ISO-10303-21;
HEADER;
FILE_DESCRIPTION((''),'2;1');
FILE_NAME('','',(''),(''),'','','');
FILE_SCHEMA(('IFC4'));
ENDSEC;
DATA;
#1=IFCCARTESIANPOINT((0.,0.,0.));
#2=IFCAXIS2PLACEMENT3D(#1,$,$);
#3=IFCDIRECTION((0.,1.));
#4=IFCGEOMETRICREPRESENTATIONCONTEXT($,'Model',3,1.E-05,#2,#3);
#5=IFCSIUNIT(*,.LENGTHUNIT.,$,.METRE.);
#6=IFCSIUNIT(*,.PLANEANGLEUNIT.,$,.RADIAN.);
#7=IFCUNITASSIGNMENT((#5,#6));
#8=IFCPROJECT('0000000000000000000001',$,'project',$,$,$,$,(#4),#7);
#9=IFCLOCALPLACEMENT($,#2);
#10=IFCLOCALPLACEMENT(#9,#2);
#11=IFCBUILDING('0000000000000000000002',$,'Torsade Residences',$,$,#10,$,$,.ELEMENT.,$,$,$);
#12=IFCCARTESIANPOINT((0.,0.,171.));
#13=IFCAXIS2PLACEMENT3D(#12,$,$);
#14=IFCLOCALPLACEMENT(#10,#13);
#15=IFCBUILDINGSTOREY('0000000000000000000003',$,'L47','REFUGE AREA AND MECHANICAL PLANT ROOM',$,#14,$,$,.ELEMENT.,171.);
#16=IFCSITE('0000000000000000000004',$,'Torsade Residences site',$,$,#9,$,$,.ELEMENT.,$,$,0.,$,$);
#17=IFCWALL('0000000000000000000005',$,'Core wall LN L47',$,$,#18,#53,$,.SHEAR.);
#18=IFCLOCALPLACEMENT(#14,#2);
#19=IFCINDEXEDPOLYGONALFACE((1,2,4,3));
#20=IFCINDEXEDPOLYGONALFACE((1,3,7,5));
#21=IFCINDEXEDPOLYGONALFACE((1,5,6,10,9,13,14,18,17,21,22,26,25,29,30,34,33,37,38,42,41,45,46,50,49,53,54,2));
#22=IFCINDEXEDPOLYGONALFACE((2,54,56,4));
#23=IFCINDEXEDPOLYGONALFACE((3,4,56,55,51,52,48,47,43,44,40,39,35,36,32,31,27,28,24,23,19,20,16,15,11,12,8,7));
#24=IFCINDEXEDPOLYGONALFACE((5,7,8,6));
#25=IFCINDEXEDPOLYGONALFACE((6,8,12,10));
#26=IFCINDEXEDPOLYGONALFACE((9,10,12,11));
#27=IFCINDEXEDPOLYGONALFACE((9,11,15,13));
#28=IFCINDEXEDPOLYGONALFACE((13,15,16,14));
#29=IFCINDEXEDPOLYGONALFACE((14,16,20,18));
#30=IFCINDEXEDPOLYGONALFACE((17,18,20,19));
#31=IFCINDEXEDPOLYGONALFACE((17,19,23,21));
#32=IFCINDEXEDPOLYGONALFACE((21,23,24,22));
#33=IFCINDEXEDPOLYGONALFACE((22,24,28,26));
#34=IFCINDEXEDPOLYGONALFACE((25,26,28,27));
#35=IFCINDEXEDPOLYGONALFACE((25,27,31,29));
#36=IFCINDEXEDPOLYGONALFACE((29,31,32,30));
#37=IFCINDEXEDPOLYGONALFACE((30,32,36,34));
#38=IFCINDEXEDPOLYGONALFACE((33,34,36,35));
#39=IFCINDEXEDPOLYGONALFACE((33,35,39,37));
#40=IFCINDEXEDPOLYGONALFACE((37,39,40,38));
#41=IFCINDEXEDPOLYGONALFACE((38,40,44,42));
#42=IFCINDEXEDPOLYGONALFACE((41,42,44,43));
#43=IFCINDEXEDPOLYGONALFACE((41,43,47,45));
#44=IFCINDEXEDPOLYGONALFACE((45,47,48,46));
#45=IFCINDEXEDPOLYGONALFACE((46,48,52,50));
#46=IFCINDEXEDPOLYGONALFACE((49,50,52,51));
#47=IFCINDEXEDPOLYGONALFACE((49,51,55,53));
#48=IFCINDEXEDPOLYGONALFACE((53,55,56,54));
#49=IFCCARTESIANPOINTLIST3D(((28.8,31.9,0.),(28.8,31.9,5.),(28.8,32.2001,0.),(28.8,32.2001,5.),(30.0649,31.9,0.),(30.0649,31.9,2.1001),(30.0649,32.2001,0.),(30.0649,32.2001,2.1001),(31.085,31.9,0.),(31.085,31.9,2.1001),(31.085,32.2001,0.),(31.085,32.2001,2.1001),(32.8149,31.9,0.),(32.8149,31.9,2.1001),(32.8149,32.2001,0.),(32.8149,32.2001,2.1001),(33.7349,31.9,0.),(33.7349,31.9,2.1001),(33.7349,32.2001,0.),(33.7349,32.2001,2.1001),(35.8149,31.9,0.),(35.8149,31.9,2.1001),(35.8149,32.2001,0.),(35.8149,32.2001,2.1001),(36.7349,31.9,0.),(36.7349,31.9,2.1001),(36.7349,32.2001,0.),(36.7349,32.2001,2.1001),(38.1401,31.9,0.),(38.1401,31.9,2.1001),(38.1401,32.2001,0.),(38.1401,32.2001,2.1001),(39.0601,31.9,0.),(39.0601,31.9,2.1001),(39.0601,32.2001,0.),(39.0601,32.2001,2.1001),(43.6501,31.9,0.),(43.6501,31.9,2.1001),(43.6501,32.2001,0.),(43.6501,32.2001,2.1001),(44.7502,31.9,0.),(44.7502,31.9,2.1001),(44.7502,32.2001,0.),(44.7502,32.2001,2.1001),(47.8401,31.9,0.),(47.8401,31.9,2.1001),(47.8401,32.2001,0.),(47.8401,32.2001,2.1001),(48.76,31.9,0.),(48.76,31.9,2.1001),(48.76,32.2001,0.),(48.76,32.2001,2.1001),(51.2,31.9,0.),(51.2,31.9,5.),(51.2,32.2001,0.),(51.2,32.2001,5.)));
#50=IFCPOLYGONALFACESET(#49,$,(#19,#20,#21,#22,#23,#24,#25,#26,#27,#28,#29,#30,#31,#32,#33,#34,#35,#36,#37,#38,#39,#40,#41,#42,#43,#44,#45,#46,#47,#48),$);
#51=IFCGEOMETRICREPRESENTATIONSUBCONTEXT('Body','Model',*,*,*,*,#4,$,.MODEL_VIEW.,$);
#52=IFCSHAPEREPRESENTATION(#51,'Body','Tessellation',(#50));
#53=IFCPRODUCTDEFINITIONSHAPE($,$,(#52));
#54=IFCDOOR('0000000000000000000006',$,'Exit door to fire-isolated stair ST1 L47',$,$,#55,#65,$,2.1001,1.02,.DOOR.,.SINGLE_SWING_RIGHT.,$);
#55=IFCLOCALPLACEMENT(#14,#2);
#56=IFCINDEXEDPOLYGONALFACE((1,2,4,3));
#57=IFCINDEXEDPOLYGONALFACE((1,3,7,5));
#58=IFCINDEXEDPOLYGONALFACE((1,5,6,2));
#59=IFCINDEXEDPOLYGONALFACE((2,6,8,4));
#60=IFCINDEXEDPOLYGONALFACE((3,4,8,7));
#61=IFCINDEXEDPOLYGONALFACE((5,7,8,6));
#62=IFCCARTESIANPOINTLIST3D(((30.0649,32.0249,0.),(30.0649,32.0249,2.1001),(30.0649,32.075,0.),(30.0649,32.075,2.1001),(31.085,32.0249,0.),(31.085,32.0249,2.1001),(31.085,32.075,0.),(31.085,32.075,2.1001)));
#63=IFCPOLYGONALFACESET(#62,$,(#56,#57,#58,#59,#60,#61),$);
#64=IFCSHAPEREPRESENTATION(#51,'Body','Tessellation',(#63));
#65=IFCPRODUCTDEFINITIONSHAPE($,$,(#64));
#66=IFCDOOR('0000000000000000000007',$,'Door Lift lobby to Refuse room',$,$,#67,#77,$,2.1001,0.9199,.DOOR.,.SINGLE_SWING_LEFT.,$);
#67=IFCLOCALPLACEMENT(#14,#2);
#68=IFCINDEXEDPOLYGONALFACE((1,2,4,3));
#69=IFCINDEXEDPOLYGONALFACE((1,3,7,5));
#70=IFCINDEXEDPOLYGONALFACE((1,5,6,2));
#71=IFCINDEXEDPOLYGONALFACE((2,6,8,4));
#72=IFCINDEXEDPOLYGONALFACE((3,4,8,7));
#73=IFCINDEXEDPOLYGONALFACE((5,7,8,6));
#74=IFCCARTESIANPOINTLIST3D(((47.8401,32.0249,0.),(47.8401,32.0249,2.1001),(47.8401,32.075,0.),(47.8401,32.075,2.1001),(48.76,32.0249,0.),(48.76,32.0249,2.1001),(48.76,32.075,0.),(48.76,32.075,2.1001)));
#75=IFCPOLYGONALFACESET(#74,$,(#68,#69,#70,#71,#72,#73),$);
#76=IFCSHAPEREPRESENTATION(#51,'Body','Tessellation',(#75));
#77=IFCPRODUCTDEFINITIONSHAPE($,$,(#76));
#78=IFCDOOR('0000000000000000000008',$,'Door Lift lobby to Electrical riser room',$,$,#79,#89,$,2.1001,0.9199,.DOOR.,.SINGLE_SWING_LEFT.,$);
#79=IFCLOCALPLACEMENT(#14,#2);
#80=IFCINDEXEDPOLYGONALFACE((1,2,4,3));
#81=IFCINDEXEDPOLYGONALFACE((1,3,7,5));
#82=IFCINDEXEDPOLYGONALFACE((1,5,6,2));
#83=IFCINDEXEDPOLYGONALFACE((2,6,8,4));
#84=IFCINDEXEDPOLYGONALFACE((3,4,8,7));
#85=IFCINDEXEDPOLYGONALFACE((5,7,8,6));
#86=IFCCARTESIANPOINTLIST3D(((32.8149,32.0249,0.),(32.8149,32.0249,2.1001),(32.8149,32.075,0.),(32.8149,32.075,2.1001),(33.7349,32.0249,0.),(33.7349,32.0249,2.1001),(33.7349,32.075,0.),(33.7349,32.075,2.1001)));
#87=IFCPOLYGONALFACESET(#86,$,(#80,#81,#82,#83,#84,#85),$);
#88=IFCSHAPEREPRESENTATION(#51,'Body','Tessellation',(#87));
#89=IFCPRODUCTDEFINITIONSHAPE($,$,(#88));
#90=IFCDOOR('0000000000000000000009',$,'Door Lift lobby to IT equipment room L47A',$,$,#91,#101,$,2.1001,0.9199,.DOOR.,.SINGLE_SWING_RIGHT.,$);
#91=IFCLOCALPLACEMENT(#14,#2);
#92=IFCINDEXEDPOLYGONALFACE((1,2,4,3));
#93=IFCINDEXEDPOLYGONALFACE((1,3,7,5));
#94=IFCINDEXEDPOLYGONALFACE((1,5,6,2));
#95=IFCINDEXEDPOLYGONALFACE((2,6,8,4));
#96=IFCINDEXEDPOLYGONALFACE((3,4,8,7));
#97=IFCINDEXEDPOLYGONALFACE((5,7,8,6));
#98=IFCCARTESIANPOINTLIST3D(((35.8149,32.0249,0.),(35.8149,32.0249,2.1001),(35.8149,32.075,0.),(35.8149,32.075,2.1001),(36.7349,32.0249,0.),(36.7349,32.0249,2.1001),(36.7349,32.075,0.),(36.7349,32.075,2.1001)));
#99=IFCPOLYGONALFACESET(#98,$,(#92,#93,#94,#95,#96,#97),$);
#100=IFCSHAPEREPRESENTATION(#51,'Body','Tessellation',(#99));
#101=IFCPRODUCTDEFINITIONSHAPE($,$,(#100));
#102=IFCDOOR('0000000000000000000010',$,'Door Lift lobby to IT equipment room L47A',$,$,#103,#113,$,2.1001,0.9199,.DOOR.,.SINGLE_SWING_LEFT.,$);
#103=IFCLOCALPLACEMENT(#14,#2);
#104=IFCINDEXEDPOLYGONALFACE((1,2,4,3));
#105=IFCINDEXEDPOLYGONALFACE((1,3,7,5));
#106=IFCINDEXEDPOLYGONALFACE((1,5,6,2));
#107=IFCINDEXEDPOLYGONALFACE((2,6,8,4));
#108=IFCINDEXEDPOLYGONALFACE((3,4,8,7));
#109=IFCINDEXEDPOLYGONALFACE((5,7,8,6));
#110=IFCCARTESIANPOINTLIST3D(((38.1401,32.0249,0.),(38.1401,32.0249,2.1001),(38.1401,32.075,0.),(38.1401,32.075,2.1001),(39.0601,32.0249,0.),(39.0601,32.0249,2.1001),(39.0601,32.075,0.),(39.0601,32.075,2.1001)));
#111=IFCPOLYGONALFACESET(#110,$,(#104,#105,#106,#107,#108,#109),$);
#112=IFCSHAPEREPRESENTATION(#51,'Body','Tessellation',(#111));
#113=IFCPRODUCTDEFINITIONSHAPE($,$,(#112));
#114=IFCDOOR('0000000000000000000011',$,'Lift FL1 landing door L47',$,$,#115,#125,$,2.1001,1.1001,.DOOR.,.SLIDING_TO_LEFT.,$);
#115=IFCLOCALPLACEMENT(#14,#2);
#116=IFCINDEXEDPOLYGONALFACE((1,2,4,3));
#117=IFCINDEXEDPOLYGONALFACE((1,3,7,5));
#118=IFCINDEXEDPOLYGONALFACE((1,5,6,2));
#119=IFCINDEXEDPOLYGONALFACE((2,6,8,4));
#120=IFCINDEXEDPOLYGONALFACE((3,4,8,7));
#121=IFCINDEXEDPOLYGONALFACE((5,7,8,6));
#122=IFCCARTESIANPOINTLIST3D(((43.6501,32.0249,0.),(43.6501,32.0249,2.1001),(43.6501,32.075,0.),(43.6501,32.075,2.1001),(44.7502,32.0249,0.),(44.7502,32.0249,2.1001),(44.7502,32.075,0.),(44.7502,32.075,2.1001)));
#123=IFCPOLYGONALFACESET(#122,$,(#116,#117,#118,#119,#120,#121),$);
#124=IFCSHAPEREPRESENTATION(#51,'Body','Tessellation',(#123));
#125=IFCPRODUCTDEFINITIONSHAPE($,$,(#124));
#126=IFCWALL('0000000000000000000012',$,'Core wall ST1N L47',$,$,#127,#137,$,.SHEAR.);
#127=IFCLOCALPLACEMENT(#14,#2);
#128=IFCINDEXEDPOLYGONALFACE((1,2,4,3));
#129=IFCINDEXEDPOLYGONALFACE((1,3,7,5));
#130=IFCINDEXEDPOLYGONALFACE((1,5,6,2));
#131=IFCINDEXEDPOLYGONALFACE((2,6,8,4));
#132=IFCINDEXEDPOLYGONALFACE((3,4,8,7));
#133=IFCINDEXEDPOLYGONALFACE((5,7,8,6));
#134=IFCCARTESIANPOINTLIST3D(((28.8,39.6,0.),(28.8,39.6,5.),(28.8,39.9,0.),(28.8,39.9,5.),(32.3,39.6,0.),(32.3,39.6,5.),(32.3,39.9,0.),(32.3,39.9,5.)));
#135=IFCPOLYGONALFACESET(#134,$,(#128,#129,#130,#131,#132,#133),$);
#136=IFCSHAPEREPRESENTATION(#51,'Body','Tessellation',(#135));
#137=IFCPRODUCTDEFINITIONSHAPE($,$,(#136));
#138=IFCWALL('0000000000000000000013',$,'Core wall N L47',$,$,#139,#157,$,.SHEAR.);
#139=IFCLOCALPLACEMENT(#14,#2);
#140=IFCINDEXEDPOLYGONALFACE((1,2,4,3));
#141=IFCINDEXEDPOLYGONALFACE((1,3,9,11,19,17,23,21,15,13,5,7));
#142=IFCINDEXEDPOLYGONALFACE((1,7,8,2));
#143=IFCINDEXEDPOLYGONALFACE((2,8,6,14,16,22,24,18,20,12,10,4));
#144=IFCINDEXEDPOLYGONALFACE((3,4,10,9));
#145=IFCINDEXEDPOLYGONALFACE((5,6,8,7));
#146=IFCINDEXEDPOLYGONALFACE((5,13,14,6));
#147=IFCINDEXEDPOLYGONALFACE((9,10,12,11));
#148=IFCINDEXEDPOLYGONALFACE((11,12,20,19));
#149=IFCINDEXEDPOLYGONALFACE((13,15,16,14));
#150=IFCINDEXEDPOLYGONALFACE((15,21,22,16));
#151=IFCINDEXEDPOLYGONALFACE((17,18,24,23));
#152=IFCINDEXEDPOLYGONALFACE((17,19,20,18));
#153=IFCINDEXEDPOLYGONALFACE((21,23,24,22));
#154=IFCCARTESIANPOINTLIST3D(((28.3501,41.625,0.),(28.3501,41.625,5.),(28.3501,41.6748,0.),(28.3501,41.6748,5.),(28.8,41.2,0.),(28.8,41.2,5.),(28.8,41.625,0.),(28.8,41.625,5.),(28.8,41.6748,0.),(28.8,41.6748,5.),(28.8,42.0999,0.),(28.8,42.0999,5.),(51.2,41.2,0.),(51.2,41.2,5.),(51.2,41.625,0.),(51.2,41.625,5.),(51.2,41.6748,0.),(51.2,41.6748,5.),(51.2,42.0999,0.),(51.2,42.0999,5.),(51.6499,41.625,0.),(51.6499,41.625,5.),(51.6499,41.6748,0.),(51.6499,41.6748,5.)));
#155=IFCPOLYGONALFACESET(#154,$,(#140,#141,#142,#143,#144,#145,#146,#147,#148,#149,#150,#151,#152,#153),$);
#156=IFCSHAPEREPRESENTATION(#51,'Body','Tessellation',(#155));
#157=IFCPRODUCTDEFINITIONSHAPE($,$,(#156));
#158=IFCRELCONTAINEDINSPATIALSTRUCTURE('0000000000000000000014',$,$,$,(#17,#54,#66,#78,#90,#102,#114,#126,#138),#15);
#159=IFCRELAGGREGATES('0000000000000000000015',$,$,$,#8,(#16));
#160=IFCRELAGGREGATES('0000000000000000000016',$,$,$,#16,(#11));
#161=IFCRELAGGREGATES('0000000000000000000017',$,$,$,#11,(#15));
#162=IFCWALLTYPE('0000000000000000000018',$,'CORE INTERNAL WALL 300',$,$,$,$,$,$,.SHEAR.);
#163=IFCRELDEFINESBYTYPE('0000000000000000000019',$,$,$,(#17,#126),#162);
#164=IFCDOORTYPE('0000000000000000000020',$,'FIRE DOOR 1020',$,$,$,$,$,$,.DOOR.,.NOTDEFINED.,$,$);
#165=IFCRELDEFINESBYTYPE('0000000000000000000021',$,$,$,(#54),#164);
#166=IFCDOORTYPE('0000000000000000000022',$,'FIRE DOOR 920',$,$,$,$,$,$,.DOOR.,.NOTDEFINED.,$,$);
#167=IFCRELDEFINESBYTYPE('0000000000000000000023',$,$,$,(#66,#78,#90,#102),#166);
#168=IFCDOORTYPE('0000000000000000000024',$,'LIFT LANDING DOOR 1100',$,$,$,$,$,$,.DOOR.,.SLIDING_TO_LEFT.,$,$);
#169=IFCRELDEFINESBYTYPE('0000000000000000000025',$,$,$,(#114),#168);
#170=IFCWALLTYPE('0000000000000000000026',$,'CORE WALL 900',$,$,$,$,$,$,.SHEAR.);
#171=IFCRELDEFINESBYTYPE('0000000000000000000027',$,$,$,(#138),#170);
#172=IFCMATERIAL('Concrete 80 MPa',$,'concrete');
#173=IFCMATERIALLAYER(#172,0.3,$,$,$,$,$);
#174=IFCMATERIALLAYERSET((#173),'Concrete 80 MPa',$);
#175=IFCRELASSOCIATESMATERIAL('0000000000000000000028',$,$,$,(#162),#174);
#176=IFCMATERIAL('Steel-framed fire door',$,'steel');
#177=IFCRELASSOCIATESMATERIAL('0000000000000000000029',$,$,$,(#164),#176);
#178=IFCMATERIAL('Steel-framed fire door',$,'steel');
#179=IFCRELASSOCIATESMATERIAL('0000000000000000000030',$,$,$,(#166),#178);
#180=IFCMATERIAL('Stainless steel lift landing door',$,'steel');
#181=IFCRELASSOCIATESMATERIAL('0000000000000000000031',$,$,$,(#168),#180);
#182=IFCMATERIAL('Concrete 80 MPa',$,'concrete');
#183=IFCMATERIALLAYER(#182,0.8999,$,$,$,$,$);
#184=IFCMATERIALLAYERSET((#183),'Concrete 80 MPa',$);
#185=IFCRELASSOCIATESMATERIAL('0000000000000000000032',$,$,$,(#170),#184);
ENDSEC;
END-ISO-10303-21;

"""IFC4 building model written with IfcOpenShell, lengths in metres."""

from ifc_helpers import new_model, si_unit, direction, frame, frame_2d, origin, place, context, subcontext, project, spatial, polyline, rectangle, outline, extrude, material, layer, layer_set, type_object, element, fill, save


model = new_model("IFC4")

# Units and contexts
model_context = context("Model", 3, precision=1e-05, world=origin(), true_north=direction((0.0, 1.0)))
body_context = subcontext(model_context, "Body", "Model", "MODEL_VIEW")
ifc_project = project(units=[si_unit("LENGTHUNIT", "METRE"), si_unit("PLANEANGLEUNIT", "RADIAN")], contexts=[model_context])

# Site, building, storey
site_placement = place(None, origin())
site = spatial("IfcSite", under=ifc_project, at=site_placement, Name="Torsade Residences site", CompositionType="ELEMENT", RefElevation=0.0)
building_placement = place(site_placement, origin())
building = spatial("IfcBuilding", under=site, at=building_placement, Name="Torsade Residences", CompositionType="ELEMENT")
storey_placement = place(building_placement, frame((0.0, 0.0, 171.0)))
storey = spatial("IfcBuildingStorey", under=building, at=storey_placement, Name="L47", Description="REFUGE AREA AND MECHANICAL PLANT ROOM", CompositionType="ELEMENT", Elevation=171.0)

# Wall, openings, doors
ifc_material_1 = material(Name="Concrete 80 MPa", Category="concrete")
ifc_layer_1 = layer(ifc_material_1, 0.3)
ifc_layer_set_1 = layer_set([ifc_layer_1], Name="Concrete 80 MPa")
wall_type_1 = type_object("IfcWallType", Name="CORE INTERNAL WALL 300", PredefinedType="SHEAR", material=ifc_layer_set_1)
wall_1_placement = place(storey_placement, frame((28.8, 32.05, 0.0), z_axis=(0.0, 0.0, 1.0), x_axis=(1.0, 0.0, 0.0)))
wall_1 = element("IfcWall", 1, at=wall_1_placement, inside=storey, type_object=wall_type_1, Name="Core wall LN L47", PredefinedType="SHEAR", context=body_context, shape_type="SweptSolid", body=[
    extrude(rectangle(XDim=22.3999, YDim=0.3, at=frame_2d((11.2, 0.0))), origin(), (0.0, 0.0, 1.0), 5.0),
])
opening_1_placement = place(wall_1_placement, frame((19.04, 0.0, 0.0)))
opening_1 = element("IfcOpeningElement", 2, at=opening_1_placement, cuts=wall_1, PredefinedType="OPENING", context=body_context, shape_type="SweptSolid", body=[
    extrude(rectangle(XDim=0.9199, YDim=2.1001, at=frame_2d((0.46, 1.05))), frame((0.0, 0.1599, 0.0), z_axis=(0.0, -1.0, 0.0), x_axis=(1.0, 0.0, 0.0)), (0.0, 0.0, 1.0), 0.3201),
])
opening_2_placement = place(wall_1_placement, frame((1.2649, 0.0, 0.0)))
opening_2 = element("IfcOpeningElement", 3, at=opening_2_placement, cuts=wall_1, PredefinedType="OPENING", context=body_context, shape_type="SweptSolid", body=[
    extrude(rectangle(XDim=1.02, YDim=2.1001, at=frame_2d((0.51, 1.05))), frame((0.0, 0.1599, 0.0), z_axis=(0.0, -1.0, 0.0), x_axis=(1.0, 0.0, 0.0)), (0.0, 0.0, 1.0), 0.3201),
])
opening_3_placement = place(wall_1_placement, frame((4.0149, 0.0, 0.0)))
opening_3 = element("IfcOpeningElement", 4, at=opening_3_placement, cuts=wall_1, PredefinedType="OPENING", context=body_context, shape_type="SweptSolid", body=[
    extrude(rectangle(XDim=0.9199, YDim=2.1001, at=frame_2d((0.46, 1.05))), frame((0.0, 0.1599, 0.0), z_axis=(0.0, -1.0, 0.0), x_axis=(1.0, 0.0, 0.0)), (0.0, 0.0, 1.0), 0.3201),
])
opening_4_placement = place(wall_1_placement, frame((7.0149, 0.0, 0.0)))
opening_4 = element("IfcOpeningElement", 5, at=opening_4_placement, cuts=wall_1, PredefinedType="OPENING", context=body_context, shape_type="SweptSolid", body=[
    extrude(rectangle(XDim=0.9199, YDim=2.1001, at=frame_2d((0.46, 1.05))), frame((0.0, 0.1599, 0.0), z_axis=(0.0, -1.0, 0.0), x_axis=(1.0, 0.0, 0.0)), (0.0, 0.0, 1.0), 0.3201),
])
opening_5_placement = place(wall_1_placement, frame((9.3401, 0.0, 0.0)))
opening_5 = element("IfcOpeningElement", 6, at=opening_5_placement, cuts=wall_1, PredefinedType="OPENING", context=body_context, shape_type="SweptSolid", body=[
    extrude(rectangle(XDim=0.9199, YDim=2.1001, at=frame_2d((0.46, 1.05))), frame((0.0, 0.1599, 0.0), z_axis=(0.0, -1.0, 0.0), x_axis=(1.0, 0.0, 0.0)), (0.0, 0.0, 1.0), 0.3201),
])
opening_6_placement = place(wall_1_placement, frame((14.8501, 0.0, 0.0)))
opening_6 = element("IfcOpeningElement", 7, at=opening_6_placement, cuts=wall_1, PredefinedType="OPENING", context=body_context, shape_type="SweptSolid", body=[
    extrude(rectangle(XDim=1.1001, YDim=2.1001, at=frame_2d((0.55, 1.05))), frame((0.0, 0.1599, 0.0), z_axis=(0.0, -1.0, 0.0), x_axis=(1.0, 0.0, 0.0)), (0.0, 0.0, 1.0), 0.3201),
])
ifc_material_2 = material(Name="Steel-framed fire door", Category="steel")
door_type_1 = type_object("IfcDoorType", Name="FIRE DOOR 1020", OperationType="NOTDEFINED", PredefinedType="DOOR", material=ifc_material_2)
door_1_placement = place(opening_2_placement, origin())
door_1 = element("IfcDoor", 8, at=door_1_placement, inside=storey, type_object=door_type_1, Name="Exit door to fire-isolated stair ST1 L47", OperationType="SINGLE_SWING_RIGHT", OverallHeight=2.1001, OverallWidth=1.02, PredefinedType="DOOR", context=body_context, shape_type="SweptSolid", body=[
    extrude(rectangle(XDim=1.02, YDim=2.1001, at=frame_2d((0.51, 1.05))), frame((0.0, 0.0249, 0.0), z_axis=(0.0, -1.0, 0.0), x_axis=(1.0, 0.0, 0.0)), (0.0, 0.0, 1.0), 0.05),
])
fill(opening_2, door_1)
ifc_material_3 = material(Name="Steel-framed fire door", Category="steel")
door_type_2 = type_object("IfcDoorType", Name="FIRE DOOR 920", OperationType="NOTDEFINED", PredefinedType="DOOR", material=ifc_material_3)
door_2_placement = place(opening_1_placement, origin())
door_2 = element("IfcDoor", 9, at=door_2_placement, inside=storey, type_object=door_type_2, Name="Door Lift lobby to Refuse room", OperationType="SINGLE_SWING_LEFT", OverallHeight=2.1001, OverallWidth=0.9199, PredefinedType="DOOR", context=body_context, shape_type="SweptSolid", body=[
    extrude(rectangle(XDim=0.9199, YDim=2.1001, at=frame_2d((0.46, 1.05))), frame((0.0, 0.0249, 0.0), z_axis=(0.0, -1.0, 0.0), x_axis=(1.0, 0.0, 0.0)), (0.0, 0.0, 1.0), 0.05),
])
fill(opening_1, door_2)
door_3_placement = place(opening_3_placement, origin())
door_3 = element("IfcDoor", 10, at=door_3_placement, inside=storey, type_object=door_type_2, Name="Door Lift lobby to Electrical riser room", OperationType="SINGLE_SWING_LEFT", OverallHeight=2.1001, OverallWidth=0.9199, PredefinedType="DOOR", context=body_context, shape_type="SweptSolid", body=[
    extrude(rectangle(XDim=0.9199, YDim=2.1001, at=frame_2d((0.46, 1.05))), frame((0.0, 0.0249, 0.0), z_axis=(0.0, -1.0, 0.0), x_axis=(1.0, 0.0, 0.0)), (0.0, 0.0, 1.0), 0.05),
])
fill(opening_3, door_3)
door_4_placement = place(opening_4_placement, origin())
door_4 = element("IfcDoor", 11, at=door_4_placement, inside=storey, type_object=door_type_2, Name="Door Lift lobby to IT equipment room L47A", OperationType="SINGLE_SWING_RIGHT", OverallHeight=2.1001, OverallWidth=0.9199, PredefinedType="DOOR", context=body_context, shape_type="SweptSolid", body=[
    extrude(rectangle(XDim=0.9199, YDim=2.1001, at=frame_2d((0.46, 1.05))), frame((0.0, 0.0249, 0.0), z_axis=(0.0, -1.0, 0.0), x_axis=(1.0, 0.0, 0.0)), (0.0, 0.0, 1.0), 0.05),
])
fill(opening_4, door_4)
door_5_placement = place(opening_5_placement, origin())
door_5 = element("IfcDoor", 12, at=door_5_placement, inside=storey, type_object=door_type_2, Name="Door Lift lobby to IT equipment room L47A", OperationType="SINGLE_SWING_LEFT", OverallHeight=2.1001, OverallWidth=0.9199, PredefinedType="DOOR", context=body_context, shape_type="SweptSolid", body=[
    extrude(rectangle(XDim=0.9199, YDim=2.1001, at=frame_2d((0.46, 1.05))), frame((0.0, 0.0249, 0.0), z_axis=(0.0, -1.0, 0.0), x_axis=(1.0, 0.0, 0.0)), (0.0, 0.0, 1.0), 0.05),
])
fill(opening_5, door_5)
ifc_material_4 = material(Name="Stainless steel lift landing door", Category="steel")
door_type_3 = type_object("IfcDoorType", Name="LIFT LANDING DOOR 1100", OperationType="SLIDING_TO_LEFT", PredefinedType="DOOR", material=ifc_material_4)
door_6_placement = place(opening_6_placement, origin())
door_6 = element("IfcDoor", 13, at=door_6_placement, inside=storey, type_object=door_type_3, Name="Lift FL1 landing door L47", OperationType="SLIDING_TO_LEFT", OverallHeight=2.1001, OverallWidth=1.1001, PredefinedType="DOOR", context=body_context, shape_type="SweptSolid", body=[
    extrude(rectangle(XDim=1.1001, YDim=2.1001, at=frame_2d((0.55, 1.05))), frame((0.0, 0.0249, 0.0), z_axis=(0.0, -1.0, 0.0), x_axis=(1.0, 0.0, 0.0)), (0.0, 0.0, 1.0), 0.05),
])
fill(opening_6, door_6)

# Walls
wall_2_placement = place(storey_placement, frame((28.8, 39.75, 0.0), z_axis=(0.0, 0.0, 1.0), x_axis=(1.0, 0.0, 0.0)))
element("IfcWall", 14, at=wall_2_placement, inside=storey, type_object=wall_type_1, Name="Core wall ST1N L47", PredefinedType="SHEAR", context=body_context, shape_type="SweptSolid", body=[
    extrude(rectangle(XDim=3.5, YDim=0.3, at=frame_2d((1.75, 0.0))), origin(), (0.0, 0.0, 1.0), 5.0),
])
ifc_material_5 = material(Name="Concrete 80 MPa", Category="concrete")
ifc_layer_2 = layer(ifc_material_5, 0.8999)
ifc_layer_set_2 = layer_set([ifc_layer_2], Name="Concrete 80 MPa")
wall_type_2 = type_object("IfcWallType", Name="CORE WALL 900", PredefinedType="SHEAR", material=ifc_layer_set_2)
wall_3_placement = place(storey_placement, frame((28.8, 41.6499, 0.0), z_axis=(0.0, 0.0, 1.0), x_axis=(1.0, 0.0, 0.0)))
element("IfcWall", 15, at=wall_3_placement, inside=storey, type_object=wall_type_2, Name="Core wall N L47", PredefinedType="SHEAR", context=body_context, shape_type="SweptSolid", body=[
    extrude(outline(polyline([(0.0, -0.45), (22.3999, -0.45), (22.3999, -0.0249), (22.8499, -0.0249), (22.8499, 0.0249), (22.3999, 0.0249), (22.3999, 0.45), (0.0, 0.45), (0.0, 0.0249), (-0.45, 0.0249), (-0.45, -0.0249), (0.0, -0.0249), (0.0, -0.45)])), origin(), (0.0, 0.0, 1.0), 5.0),
])

save(model, "model.ifc")
